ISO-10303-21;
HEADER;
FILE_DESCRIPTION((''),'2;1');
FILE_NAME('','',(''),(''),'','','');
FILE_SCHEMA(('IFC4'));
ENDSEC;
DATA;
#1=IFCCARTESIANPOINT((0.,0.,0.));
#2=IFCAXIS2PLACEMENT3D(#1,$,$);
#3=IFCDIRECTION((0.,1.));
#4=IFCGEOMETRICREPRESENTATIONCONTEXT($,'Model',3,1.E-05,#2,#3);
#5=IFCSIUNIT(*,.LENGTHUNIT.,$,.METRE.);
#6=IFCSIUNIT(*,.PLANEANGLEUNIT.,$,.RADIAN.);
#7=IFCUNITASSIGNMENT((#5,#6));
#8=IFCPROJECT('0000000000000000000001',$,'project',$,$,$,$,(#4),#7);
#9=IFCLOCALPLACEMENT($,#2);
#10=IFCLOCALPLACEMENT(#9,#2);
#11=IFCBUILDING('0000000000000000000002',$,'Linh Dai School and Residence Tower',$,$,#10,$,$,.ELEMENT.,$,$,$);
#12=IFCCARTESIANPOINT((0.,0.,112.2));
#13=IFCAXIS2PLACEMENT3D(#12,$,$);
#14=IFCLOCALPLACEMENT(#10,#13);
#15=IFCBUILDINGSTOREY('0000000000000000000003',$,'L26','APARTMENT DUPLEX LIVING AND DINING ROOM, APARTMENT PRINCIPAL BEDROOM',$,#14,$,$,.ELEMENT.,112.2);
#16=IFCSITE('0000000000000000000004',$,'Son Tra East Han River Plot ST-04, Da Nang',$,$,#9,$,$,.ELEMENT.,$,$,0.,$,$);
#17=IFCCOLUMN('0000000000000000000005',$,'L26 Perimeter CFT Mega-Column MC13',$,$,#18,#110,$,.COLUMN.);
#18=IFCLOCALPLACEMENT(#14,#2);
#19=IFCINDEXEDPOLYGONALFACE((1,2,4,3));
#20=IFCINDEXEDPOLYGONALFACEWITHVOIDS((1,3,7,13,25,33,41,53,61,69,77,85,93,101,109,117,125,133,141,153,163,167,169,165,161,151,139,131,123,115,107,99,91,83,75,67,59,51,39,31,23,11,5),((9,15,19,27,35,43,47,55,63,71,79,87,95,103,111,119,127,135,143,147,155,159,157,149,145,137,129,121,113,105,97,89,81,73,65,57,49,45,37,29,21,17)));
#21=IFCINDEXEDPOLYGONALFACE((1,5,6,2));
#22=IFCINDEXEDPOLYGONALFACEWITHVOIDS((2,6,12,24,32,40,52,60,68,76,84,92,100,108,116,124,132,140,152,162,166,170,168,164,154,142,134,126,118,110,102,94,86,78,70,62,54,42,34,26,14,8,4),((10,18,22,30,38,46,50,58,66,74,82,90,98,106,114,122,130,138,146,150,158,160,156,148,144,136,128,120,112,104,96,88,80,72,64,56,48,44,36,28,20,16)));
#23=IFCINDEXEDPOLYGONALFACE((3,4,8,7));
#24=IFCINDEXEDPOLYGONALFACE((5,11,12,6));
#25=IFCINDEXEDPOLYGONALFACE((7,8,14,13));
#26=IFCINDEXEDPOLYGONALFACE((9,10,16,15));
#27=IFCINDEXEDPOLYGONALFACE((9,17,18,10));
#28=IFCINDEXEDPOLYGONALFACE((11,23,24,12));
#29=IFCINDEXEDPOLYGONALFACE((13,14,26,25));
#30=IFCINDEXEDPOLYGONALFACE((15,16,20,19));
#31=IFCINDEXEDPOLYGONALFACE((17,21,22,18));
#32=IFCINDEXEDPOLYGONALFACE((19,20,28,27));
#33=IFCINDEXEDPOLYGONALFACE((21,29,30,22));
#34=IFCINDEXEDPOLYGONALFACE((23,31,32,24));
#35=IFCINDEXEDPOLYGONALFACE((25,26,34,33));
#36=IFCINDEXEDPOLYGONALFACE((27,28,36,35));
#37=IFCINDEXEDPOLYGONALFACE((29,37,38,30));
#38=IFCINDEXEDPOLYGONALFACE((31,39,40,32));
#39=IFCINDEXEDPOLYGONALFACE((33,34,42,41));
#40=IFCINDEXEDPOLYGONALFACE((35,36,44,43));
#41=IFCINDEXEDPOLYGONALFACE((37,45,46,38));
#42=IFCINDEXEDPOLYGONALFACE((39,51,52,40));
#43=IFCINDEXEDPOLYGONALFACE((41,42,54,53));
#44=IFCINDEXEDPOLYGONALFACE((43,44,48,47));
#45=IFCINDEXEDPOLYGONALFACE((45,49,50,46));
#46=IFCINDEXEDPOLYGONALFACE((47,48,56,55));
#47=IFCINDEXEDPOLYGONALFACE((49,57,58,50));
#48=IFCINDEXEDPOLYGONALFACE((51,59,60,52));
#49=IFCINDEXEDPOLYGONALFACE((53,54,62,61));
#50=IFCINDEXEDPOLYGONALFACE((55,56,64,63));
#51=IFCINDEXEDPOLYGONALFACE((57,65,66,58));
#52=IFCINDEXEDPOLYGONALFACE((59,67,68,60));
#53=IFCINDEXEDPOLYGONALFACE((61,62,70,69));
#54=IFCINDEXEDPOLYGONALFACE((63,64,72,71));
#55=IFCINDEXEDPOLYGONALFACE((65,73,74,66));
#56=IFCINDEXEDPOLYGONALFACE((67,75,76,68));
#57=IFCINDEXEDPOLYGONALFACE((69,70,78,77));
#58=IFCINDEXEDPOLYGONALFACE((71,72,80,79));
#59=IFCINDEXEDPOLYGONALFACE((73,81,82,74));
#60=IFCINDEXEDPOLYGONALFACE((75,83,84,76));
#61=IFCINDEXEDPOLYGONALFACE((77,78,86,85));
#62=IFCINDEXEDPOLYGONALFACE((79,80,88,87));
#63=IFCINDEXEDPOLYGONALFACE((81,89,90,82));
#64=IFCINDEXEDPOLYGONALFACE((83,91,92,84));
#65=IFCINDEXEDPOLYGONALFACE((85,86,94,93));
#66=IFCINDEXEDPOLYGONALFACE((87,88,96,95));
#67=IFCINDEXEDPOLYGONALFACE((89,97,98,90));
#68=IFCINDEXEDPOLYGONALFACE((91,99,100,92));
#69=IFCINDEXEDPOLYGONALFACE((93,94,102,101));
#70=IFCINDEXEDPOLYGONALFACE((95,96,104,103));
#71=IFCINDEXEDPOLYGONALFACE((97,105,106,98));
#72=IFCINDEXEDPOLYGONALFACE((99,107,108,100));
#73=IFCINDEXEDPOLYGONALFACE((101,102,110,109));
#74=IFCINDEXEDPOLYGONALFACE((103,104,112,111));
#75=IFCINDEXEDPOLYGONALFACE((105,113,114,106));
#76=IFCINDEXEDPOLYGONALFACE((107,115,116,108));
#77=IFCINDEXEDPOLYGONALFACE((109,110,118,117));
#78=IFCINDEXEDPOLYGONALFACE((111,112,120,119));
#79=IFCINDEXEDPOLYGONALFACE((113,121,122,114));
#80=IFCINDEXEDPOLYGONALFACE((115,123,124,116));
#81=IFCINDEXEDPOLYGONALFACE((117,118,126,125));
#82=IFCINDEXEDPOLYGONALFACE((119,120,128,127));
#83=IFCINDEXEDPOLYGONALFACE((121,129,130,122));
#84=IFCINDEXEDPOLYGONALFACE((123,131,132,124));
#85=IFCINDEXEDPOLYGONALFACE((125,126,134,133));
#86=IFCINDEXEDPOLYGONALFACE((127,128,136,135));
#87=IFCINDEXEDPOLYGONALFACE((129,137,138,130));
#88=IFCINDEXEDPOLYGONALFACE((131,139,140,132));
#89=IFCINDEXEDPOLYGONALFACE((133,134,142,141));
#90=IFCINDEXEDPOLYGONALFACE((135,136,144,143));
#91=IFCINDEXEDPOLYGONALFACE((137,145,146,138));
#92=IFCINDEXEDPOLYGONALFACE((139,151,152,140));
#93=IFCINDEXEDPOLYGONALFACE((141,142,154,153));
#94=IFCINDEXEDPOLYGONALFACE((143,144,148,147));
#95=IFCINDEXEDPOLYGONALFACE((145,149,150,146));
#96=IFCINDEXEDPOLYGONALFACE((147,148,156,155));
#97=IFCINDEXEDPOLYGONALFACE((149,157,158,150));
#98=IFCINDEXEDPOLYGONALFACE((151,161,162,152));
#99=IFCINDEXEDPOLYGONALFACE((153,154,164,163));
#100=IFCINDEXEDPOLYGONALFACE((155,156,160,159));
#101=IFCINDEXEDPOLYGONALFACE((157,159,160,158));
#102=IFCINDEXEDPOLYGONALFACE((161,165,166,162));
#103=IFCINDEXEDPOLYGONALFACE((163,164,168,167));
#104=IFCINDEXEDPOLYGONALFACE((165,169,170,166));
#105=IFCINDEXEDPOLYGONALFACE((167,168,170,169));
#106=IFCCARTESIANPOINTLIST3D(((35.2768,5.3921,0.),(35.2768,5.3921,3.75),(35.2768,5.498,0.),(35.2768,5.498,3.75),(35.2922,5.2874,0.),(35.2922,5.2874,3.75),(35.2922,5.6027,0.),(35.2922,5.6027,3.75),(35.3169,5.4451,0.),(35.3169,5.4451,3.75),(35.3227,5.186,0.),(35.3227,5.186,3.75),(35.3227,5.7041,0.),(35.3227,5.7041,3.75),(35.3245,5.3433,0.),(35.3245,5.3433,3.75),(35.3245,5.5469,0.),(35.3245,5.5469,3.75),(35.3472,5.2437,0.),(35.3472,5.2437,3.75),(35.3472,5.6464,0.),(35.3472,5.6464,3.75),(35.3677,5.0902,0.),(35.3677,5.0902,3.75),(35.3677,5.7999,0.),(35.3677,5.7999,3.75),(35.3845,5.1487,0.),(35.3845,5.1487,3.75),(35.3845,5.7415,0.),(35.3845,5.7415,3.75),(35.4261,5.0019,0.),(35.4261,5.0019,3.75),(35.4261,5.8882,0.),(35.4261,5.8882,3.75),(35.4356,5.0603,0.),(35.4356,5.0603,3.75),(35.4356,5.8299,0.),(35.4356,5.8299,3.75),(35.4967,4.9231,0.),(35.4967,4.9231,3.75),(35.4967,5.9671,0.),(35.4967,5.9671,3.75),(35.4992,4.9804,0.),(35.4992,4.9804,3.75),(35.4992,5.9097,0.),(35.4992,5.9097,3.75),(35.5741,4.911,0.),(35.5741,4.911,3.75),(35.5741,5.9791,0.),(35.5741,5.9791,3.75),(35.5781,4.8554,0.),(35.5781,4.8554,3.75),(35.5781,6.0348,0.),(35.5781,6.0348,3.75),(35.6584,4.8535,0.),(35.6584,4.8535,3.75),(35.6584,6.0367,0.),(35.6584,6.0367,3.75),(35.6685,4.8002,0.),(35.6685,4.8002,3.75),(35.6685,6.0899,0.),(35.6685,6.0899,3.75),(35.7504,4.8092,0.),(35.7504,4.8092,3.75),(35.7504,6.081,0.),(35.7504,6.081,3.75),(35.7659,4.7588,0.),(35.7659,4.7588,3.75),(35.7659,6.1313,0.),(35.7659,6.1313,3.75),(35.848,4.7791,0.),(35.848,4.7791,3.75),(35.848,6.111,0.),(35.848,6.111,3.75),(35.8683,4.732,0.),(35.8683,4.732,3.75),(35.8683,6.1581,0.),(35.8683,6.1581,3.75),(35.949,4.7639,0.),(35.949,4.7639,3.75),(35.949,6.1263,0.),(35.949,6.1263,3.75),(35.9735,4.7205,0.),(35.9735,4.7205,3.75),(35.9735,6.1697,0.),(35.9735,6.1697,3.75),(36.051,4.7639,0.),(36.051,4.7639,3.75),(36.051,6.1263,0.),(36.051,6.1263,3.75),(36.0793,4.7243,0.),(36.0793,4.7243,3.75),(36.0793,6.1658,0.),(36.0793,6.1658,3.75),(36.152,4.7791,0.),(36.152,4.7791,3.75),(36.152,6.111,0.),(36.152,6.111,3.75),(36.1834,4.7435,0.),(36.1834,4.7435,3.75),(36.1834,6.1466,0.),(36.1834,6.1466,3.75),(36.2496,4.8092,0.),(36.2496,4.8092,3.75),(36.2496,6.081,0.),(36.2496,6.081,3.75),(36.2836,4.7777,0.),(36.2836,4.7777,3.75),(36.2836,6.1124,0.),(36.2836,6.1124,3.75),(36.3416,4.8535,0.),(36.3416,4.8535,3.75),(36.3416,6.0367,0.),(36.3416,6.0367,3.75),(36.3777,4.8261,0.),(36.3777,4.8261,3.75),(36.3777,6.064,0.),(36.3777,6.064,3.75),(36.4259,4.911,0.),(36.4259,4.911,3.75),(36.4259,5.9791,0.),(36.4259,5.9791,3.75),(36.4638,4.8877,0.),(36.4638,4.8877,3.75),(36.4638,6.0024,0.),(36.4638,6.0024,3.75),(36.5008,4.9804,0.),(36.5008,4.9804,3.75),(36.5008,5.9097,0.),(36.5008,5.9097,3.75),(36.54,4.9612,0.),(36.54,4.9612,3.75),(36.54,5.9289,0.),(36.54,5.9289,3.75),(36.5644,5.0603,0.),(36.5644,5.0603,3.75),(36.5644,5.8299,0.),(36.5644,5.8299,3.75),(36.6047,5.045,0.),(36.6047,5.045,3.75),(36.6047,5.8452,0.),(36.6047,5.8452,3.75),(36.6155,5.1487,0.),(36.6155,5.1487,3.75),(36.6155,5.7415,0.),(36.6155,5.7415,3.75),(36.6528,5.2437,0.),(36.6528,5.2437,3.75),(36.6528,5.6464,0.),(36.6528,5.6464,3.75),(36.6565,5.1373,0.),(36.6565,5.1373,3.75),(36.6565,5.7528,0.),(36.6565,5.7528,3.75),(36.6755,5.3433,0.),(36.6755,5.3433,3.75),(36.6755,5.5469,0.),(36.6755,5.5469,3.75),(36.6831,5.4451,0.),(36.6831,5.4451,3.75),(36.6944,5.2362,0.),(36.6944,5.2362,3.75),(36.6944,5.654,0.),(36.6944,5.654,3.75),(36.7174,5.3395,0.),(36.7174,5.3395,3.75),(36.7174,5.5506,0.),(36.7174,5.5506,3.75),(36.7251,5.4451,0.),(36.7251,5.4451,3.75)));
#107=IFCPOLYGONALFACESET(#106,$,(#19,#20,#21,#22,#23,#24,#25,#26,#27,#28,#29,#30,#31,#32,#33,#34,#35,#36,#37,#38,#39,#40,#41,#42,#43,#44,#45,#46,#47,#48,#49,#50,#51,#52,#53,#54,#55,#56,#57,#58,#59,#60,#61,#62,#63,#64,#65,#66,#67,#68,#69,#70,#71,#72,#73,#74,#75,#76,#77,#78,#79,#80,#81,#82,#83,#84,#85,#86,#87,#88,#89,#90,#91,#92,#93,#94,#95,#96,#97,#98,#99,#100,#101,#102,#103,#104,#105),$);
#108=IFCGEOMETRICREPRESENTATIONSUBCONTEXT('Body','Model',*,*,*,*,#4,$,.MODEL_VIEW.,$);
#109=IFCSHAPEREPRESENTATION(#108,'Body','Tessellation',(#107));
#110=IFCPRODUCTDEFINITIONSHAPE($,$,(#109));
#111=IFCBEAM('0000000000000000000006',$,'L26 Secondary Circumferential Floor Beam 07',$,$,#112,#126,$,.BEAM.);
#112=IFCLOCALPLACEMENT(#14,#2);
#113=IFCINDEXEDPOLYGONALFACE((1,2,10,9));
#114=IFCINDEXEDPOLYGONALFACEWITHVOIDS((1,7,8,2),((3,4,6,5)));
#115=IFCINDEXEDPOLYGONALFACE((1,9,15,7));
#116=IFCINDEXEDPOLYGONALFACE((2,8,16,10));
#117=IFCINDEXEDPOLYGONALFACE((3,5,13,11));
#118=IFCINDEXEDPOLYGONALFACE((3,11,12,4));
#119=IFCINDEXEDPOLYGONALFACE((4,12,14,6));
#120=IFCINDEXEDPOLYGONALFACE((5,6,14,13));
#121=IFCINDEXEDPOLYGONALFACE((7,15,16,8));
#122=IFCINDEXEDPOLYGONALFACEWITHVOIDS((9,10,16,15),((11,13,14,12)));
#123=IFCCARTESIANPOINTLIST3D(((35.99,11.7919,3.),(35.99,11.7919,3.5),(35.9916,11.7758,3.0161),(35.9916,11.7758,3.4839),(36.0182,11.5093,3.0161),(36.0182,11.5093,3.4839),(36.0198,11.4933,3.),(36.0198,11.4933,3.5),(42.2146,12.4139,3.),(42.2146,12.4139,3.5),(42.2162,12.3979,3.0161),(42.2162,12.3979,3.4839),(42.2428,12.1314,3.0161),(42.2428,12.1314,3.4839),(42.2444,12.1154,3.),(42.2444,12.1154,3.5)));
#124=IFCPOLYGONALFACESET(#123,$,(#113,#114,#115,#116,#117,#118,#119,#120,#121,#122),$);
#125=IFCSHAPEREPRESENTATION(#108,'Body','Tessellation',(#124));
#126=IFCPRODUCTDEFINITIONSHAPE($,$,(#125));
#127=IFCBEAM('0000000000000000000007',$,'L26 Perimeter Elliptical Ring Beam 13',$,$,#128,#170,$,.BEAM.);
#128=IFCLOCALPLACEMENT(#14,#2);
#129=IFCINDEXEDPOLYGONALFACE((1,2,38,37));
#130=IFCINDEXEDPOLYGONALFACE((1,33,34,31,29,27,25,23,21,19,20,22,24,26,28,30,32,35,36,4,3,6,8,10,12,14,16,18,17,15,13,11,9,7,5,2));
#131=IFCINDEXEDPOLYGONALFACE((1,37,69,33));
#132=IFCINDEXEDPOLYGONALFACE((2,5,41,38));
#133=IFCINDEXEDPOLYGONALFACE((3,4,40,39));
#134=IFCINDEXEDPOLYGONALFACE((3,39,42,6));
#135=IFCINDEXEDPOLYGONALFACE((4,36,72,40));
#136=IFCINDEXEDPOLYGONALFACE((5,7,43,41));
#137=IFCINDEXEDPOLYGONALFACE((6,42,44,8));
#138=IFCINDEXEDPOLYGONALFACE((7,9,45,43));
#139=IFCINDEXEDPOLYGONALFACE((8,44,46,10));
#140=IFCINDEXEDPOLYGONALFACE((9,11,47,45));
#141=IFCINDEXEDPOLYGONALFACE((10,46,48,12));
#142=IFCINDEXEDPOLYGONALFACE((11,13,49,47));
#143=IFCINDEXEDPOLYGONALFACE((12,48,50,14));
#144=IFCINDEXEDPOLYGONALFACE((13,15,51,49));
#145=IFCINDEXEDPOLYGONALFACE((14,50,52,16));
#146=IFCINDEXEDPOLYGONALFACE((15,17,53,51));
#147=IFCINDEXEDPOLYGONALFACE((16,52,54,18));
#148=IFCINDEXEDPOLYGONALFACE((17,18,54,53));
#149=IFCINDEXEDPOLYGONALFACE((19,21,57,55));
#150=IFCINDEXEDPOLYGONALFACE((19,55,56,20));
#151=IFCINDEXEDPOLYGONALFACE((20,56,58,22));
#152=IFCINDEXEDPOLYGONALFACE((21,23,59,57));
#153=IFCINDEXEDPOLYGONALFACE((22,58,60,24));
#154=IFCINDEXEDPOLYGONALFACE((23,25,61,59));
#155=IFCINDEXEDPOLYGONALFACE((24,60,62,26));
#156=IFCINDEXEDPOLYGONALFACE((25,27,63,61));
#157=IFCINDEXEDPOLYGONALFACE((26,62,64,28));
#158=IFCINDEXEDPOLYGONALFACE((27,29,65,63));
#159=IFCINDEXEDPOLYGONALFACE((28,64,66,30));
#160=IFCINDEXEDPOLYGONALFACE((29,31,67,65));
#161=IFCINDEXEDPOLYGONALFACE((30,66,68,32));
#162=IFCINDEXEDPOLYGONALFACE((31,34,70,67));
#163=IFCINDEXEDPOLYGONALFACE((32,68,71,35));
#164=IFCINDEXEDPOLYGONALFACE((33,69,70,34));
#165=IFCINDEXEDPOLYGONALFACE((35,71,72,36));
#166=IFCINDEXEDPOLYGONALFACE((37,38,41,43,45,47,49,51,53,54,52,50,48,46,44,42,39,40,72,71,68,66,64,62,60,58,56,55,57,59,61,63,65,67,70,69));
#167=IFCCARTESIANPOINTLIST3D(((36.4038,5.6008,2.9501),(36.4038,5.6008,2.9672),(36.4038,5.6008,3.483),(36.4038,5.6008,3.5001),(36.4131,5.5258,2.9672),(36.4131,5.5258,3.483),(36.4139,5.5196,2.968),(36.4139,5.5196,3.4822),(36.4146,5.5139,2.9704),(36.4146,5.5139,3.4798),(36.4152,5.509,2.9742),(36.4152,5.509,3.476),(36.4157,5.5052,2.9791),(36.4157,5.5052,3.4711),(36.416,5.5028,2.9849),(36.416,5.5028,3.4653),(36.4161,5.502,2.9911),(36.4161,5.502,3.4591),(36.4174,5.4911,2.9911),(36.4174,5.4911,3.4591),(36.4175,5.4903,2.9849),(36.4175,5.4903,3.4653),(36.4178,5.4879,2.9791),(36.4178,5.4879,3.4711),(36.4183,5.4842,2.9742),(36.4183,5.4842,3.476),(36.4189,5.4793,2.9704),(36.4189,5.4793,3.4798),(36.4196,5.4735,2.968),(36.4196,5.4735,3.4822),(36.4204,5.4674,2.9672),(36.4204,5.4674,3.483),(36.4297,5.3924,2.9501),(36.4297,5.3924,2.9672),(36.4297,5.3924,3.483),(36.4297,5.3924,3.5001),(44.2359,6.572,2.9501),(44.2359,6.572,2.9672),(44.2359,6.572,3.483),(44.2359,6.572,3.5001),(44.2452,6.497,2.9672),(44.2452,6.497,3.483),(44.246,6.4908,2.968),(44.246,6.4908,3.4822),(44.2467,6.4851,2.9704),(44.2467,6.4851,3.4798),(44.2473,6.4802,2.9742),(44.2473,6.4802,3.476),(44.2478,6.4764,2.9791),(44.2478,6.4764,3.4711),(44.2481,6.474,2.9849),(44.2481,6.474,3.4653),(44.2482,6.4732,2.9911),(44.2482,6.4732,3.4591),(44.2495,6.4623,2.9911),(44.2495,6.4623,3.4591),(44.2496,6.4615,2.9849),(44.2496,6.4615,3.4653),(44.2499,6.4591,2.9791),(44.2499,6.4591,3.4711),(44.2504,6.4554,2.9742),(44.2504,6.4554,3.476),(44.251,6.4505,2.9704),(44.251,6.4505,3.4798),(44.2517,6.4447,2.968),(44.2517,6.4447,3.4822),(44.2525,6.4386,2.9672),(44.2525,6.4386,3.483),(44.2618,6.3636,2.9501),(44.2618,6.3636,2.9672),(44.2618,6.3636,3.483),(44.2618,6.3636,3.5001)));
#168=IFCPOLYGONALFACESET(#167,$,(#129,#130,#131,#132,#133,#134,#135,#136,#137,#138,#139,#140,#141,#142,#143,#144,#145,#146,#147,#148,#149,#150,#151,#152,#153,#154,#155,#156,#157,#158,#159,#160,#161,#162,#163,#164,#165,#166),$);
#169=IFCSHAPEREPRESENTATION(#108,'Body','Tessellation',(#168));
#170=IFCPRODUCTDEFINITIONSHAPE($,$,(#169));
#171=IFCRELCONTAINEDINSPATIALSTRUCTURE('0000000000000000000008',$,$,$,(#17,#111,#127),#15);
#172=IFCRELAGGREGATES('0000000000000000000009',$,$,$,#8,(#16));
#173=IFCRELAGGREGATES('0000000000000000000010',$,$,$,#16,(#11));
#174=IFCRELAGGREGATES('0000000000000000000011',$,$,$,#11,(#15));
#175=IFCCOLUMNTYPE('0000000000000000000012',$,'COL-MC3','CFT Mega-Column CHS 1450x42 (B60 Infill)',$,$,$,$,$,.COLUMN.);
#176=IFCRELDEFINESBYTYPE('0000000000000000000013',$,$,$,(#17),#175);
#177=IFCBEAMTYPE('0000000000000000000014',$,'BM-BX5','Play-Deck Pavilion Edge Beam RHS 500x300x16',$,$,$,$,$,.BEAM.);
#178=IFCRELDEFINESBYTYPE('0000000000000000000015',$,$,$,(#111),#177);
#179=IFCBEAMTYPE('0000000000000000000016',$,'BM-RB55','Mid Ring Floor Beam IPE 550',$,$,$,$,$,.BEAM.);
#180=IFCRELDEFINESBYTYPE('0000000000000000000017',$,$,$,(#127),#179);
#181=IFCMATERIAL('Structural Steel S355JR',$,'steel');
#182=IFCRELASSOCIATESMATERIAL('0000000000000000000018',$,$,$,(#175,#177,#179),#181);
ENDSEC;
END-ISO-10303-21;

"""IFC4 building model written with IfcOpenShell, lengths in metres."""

from ifc_helpers import new_model, si_unit, direction, frame, origin, origin_2d, place, context, subcontext, project, spatial, hollow_rectangle, hollow_circle, i_section, extrude, material, material_profile, profile_set, type_object, element, save


model = new_model("IFC4")

# Units and contexts
model_context = context("Model", 3, precision=1e-05, world=origin(), true_north=direction((0.0, 1.0)))
body_context = subcontext(model_context, "Body", "Model", "MODEL_VIEW")
ifc_project = project(units=[si_unit("LENGTHUNIT", "METRE"), si_unit("PLANEANGLEUNIT", "RADIAN")], contexts=[model_context])

# Site, building, storey
site_placement = place(None, origin())
site = spatial("IfcSite", under=ifc_project, at=site_placement, Name="Son Tra East Han River Plot ST-04, Da Nang", CompositionType="ELEMENT", RefElevation=0.0)
building_placement = place(site_placement, origin())
building = spatial("IfcBuilding", under=site, at=building_placement, Name="Linh Dai School and Residence Tower", CompositionType="ELEMENT")
storey_placement = place(building_placement, frame((0.0, 0.0, 112.2)))
storey = spatial("IfcBuildingStorey", under=building, at=storey_placement, Name="L26", Description="APARTMENT DUPLEX LIVING AND DINING ROOM, APARTMENT PRINCIPAL BEDROOM", CompositionType="ELEMENT", Elevation=112.2)

# Column
ifc_material_1 = material(Name="Structural Steel S355JR", Category="steel")
ifc_material_profile_1 = material_profile(ifc_material_1, hollow_circle(Radius=0.7251, WallThickness=0.042, at=origin_2d()), Name="CHS 1450x42")
ifc_profile_set_1 = profile_set([ifc_material_profile_1], Name="Structural Steel S355JR")
column_type = type_object("IfcColumnType", Name="COL-MC3", Description="CFT Mega-Column CHS 1450x42 (B60 Infill)", PredefinedType="COLUMN", material=ifc_profile_set_1)
column_placement = place(storey_placement, frame((36.0, 5.4451, 0.0), z_axis=(0.0, 0.0, 1.0), x_axis=(1.0, 0.0, 0.0)))
element("IfcColumn", 1, at=column_placement, inside=storey, type_object=column_type, Name="L26 Perimeter CFT Mega-Column MC13", PredefinedType="COLUMN", context=body_context, shape_type="SweptSolid", body=[
    extrude(hollow_circle(Radius=0.7251, WallThickness=0.042, at=origin_2d()), origin(), (0.0, 0.0, 1.0), 3.75),
])

# Beams
ifc_material_profile_2 = material_profile(ifc_material_1, hollow_rectangle(XDim=0.3, YDim=0.5, WallThickness=0.0161, at=origin_2d()), Name="RHS 500x300x16")
ifc_profile_set_2 = profile_set([ifc_material_profile_2], Name="Structural Steel S355JR")
beam_type_1 = type_object("IfcBeamType", Name="BM-BX5", Description="Play-Deck Pavilion Edge Beam RHS 500x300x16", PredefinedType="BEAM", material=ifc_profile_set_2)
beam_1_placement = place(storey_placement, frame((36.0049, 11.6426, 3.25), z_axis=(0.995043, 0.099442, 0.0), x_axis=(-0.099442, 0.995043, 0.0)))
element("IfcBeam", 2, at=beam_1_placement, inside=storey, type_object=beam_type_1, Name="L26 Secondary Circumferential Floor Beam 07", PredefinedType="BEAM", context=body_context, shape_type="SweptSolid", body=[
    extrude(hollow_rectangle(XDim=0.3, YDim=0.5, WallThickness=0.0161, at=origin_2d()), origin(), (0.0, 0.0, 1.0), 6.2556),
])
ifc_material_profile_3 = material_profile(ifc_material_1, i_section(OverallWidth=0.21, OverallDepth=0.55, WebThickness=0.011, FlangeThickness=0.0171, FilletRadius=0.0239, at=origin_2d()), Name="IPE 550")
ifc_profile_set_3 = profile_set([ifc_material_profile_3], Name="Structural Steel S355JR")
beam_type_2 = type_object("IfcBeamType", Name="BM-RB55", Description="Mid Ring Floor Beam IPE 550", PredefinedType="BEAM", material=ifc_profile_set_3)
beam_2_placement = place(storey_placement, frame((36.4167, 5.4966, 3.2251), z_axis=(0.992399, 0.12306, 0.0), x_axis=(-0.12306, 0.992399, 0.0)))
element("IfcBeam", 3, at=beam_2_placement, inside=storey, type_object=beam_type_2, Name="L26 Perimeter Elliptical Ring Beam 13", PredefinedType="BEAM", context=body_context, shape_type="SweptSolid", body=[
    extrude(i_section(OverallWidth=0.21, OverallDepth=0.55, WebThickness=0.011, FlangeThickness=0.0171, FilletRadius=0.0239, at=origin_2d()), origin(), (0.0, 0.0, 1.0), 7.8921),
])

save(model, "model.ifc")
